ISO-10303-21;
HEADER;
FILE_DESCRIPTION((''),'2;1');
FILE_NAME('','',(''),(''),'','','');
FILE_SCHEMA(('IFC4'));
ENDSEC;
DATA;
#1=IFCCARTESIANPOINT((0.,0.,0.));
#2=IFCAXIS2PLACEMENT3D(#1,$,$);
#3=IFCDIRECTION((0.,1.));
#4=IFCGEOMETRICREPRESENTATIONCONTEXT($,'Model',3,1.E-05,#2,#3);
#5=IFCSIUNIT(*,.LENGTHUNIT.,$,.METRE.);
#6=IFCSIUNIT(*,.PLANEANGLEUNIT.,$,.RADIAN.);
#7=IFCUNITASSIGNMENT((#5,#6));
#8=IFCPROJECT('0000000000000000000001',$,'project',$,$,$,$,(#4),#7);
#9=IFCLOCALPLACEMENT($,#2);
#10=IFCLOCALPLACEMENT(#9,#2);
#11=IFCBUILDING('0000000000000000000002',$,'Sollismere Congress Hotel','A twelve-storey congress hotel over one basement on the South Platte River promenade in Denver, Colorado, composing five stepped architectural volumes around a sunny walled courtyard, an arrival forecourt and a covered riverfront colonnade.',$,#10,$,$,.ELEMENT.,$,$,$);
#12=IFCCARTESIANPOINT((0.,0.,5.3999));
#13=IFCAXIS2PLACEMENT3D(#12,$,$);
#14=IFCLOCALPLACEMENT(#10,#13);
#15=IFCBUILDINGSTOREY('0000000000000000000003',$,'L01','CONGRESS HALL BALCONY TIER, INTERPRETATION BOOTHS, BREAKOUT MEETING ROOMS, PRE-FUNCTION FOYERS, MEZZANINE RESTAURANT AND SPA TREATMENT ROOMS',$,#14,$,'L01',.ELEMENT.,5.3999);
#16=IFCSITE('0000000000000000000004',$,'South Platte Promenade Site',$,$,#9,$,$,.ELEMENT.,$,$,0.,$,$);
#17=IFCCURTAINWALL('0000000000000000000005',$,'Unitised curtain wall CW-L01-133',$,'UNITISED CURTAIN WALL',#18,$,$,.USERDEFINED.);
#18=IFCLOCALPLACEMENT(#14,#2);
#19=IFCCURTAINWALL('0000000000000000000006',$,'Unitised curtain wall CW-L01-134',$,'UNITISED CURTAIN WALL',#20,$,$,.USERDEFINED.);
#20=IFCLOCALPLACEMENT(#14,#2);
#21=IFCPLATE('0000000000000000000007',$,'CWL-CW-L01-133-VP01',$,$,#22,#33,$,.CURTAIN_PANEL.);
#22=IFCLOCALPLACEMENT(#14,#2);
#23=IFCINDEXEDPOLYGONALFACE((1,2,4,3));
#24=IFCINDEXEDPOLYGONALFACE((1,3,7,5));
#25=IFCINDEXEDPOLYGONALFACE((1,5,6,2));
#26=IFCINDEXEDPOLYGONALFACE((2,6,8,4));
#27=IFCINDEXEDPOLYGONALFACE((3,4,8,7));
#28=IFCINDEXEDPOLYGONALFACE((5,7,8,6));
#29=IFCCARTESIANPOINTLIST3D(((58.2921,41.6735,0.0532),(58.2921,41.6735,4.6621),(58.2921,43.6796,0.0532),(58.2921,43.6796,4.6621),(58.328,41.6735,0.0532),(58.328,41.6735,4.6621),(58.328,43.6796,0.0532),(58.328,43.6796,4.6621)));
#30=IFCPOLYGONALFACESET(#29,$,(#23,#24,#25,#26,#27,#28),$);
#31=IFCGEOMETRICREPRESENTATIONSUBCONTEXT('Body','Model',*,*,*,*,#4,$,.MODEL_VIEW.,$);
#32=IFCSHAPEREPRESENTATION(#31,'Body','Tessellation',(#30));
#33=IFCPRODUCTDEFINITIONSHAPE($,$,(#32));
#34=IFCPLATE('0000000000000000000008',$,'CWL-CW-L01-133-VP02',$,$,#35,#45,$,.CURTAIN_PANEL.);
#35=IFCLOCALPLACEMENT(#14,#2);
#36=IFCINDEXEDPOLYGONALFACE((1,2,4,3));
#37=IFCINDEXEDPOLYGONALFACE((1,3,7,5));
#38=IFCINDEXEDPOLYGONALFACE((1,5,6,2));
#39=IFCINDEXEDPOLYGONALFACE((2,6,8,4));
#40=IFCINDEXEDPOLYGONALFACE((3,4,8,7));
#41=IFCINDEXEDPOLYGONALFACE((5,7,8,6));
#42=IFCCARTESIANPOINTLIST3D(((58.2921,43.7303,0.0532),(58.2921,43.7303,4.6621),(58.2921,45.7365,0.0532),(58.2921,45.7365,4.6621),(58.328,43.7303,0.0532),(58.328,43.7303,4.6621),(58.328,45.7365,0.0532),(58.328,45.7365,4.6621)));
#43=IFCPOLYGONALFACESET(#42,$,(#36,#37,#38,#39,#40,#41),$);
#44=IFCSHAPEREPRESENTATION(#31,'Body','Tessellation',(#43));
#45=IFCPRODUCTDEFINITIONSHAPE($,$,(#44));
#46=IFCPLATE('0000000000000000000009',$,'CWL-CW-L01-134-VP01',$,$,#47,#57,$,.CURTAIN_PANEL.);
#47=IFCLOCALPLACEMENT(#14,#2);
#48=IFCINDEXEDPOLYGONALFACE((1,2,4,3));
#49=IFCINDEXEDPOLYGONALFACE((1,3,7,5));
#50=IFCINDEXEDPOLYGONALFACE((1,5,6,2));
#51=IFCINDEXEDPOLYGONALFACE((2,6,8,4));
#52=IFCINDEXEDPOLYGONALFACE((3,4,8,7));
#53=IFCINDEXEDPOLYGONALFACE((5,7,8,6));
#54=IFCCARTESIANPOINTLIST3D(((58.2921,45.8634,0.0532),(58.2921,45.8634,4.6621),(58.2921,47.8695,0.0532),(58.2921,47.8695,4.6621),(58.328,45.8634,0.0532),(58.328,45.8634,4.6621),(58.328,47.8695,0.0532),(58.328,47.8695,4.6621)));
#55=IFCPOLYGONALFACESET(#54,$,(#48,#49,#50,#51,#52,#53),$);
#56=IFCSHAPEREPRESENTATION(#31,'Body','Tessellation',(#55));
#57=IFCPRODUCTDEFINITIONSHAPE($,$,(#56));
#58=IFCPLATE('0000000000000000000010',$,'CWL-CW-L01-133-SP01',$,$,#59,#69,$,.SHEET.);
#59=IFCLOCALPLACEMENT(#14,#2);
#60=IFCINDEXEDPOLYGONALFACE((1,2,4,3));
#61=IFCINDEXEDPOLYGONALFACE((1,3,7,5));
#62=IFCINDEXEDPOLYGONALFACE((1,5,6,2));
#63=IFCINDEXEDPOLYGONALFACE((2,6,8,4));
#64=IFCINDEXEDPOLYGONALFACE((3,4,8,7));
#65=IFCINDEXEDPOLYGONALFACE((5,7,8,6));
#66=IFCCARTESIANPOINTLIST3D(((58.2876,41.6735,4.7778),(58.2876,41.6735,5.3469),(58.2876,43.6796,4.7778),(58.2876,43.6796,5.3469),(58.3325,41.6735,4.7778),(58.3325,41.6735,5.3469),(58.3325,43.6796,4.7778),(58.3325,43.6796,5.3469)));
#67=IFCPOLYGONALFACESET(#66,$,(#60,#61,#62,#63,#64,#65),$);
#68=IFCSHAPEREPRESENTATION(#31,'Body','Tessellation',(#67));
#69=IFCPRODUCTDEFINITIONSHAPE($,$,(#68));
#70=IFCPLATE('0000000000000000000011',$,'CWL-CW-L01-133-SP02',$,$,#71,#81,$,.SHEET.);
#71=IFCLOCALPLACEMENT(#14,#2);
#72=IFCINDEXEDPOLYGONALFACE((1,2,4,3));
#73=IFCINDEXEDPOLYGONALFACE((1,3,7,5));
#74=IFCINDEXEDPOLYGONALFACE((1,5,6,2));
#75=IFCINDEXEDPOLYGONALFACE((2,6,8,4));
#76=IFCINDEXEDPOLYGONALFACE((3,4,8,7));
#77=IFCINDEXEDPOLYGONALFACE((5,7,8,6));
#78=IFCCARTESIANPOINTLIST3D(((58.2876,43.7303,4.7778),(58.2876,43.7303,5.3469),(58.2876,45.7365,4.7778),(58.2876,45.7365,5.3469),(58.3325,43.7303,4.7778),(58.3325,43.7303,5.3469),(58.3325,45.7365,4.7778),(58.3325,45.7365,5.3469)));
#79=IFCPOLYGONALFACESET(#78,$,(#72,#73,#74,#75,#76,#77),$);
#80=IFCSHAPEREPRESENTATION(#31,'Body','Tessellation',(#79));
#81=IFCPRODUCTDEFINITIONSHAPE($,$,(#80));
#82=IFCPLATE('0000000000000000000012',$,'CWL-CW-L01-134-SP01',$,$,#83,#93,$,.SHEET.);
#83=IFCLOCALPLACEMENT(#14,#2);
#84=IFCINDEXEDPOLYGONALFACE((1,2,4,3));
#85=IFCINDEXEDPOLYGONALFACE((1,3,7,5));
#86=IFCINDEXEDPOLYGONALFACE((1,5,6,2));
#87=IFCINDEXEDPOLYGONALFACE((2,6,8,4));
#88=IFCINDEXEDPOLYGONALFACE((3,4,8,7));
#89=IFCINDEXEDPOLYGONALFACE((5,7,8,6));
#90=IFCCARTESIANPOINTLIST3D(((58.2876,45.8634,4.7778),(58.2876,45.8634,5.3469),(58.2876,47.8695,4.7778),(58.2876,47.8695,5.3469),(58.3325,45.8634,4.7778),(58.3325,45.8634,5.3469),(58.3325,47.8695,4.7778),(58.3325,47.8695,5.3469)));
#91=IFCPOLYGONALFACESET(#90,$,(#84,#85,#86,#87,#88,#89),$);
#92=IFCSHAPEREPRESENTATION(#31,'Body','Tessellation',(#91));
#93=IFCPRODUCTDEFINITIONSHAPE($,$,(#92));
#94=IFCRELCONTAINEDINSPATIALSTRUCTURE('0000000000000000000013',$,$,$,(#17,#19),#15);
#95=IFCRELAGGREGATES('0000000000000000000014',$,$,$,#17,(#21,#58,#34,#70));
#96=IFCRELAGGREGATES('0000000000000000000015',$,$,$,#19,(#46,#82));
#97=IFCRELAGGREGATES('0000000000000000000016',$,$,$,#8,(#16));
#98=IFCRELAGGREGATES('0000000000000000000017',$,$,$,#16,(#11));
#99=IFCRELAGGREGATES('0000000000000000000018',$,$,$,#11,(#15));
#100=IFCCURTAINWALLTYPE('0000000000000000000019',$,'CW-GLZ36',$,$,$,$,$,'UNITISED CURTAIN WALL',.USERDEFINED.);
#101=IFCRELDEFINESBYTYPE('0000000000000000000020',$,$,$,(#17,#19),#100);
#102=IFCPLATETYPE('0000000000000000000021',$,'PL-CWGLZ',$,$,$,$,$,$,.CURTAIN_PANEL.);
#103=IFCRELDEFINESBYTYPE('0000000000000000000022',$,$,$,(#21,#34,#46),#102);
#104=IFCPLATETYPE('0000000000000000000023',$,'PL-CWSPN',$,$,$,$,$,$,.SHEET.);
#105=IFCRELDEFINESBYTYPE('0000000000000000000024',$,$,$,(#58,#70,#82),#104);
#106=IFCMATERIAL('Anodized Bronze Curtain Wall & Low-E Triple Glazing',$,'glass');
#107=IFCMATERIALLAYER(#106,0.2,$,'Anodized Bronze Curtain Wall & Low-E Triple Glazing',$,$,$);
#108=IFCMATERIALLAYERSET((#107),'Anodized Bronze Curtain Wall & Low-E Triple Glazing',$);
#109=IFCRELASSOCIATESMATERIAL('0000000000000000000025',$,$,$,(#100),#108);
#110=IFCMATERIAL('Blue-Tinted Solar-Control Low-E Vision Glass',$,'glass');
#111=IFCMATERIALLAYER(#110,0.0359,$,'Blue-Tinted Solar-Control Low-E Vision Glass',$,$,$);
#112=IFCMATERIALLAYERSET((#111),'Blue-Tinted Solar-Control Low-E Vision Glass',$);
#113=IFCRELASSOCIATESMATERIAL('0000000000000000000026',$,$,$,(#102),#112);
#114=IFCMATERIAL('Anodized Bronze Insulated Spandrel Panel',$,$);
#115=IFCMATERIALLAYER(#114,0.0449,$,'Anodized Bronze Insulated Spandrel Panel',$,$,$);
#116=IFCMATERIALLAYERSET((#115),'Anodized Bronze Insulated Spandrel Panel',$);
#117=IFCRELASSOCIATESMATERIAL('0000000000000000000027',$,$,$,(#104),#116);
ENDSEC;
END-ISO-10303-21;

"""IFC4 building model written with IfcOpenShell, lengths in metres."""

from ifc_helpers import new_model, si_unit, direction, frame, origin, origin_2d, place, context, subcontext, project, spatial, rectangle, extrude, material, layer, layer_set, type_object, element, aggregate, save


model = new_model("IFC4")

# Units and contexts
model_context = context("Model", 3, precision=1e-05, world=origin(), true_north=direction((0.0, 1.0)))
body_context = subcontext(model_context, "Body", "Model", "MODEL_VIEW")
ifc_project = project(units=[si_unit("LENGTHUNIT", "METRE"), si_unit("PLANEANGLEUNIT", "RADIAN")], contexts=[model_context])

# Site, building, storey
site_placement = place(None, origin())
site = spatial("IfcSite", under=ifc_project, at=site_placement, Name="South Platte Promenade Site", CompositionType="ELEMENT", RefElevation=0.0)
building_placement = place(site_placement, origin())
building = spatial("IfcBuilding", under=site, at=building_placement, Name="Sollismere Congress Hotel", Description="A twelve-storey congress hotel over one basement on the South Platte River promenade in Denver, Colorado, composing five stepped architectural volumes around a sunny walled courtyard, an arrival forecourt and a covered riverfront colonnade.", CompositionType="ELEMENT")
storey_placement = place(building_placement, frame((0.0, 0.0, 5.3999)))
storey = spatial("IfcBuildingStorey", under=building, at=storey_placement, Name="L01", Description="CONGRESS HALL BALCONY TIER, INTERPRETATION BOOTHS, BREAKOUT MEETING ROOMS, PRE-FUNCTION FOYERS, MEZZANINE RESTAURANT AND SPA TREATMENT ROOMS", LongName="L01", CompositionType="ELEMENT", Elevation=5.3999)

# Curtain walls
ifc_material_1 = material(Name="Anodized Bronze Curtain Wall & Low-E Triple Glazing", Category="glass")
ifc_layer_1 = layer(ifc_material_1, 0.2, Name="Anodized Bronze Curtain Wall & Low-E Triple Glazing")
ifc_layer_set_1 = layer_set([ifc_layer_1], Name="Anodized Bronze Curtain Wall & Low-E Triple Glazing")
curtain_wall_type = type_object("IfcCurtainWallType", Name="CW-GLZ36", ElementType="UNITISED CURTAIN WALL", PredefinedType="USERDEFINED", material=ifc_layer_set_1)
curtain_wall_1_placement = place(storey_placement, origin())
curtain_wall_1 = element("IfcCurtainWall", 1, at=curtain_wall_1_placement, inside=storey, type_object=curtain_wall_type, Name="Unitised curtain wall CW-L01-133", ObjectType="UNITISED CURTAIN WALL", PredefinedType="USERDEFINED")
curtain_wall_2_placement = place(storey_placement, origin())
curtain_wall_2 = element("IfcCurtainWall", 2, at=curtain_wall_2_placement, inside=storey, type_object=curtain_wall_type, Name="Unitised curtain wall CW-L01-134", ObjectType="UNITISED CURTAIN WALL", PredefinedType="USERDEFINED")

# Plates
ifc_material_2 = material(Name="Blue-Tinted Solar-Control Low-E Vision Glass", Category="glass")
ifc_layer_2 = layer(ifc_material_2, 0.0359, Name="Blue-Tinted Solar-Control Low-E Vision Glass")
ifc_layer_set_2 = layer_set([ifc_layer_2], Name="Blue-Tinted Solar-Control Low-E Vision Glass")
plate_type_1 = type_object("IfcPlateType", Name="PL-CWGLZ", PredefinedType="CURTAIN_PANEL", material=ifc_layer_set_2)
plate_1_placement = place(storey_placement, frame((58.3101, 42.6765, 0.0532), z_axis=(0.0, 0.0, 1.0), x_axis=(0.0, 1.0, 0.0)))
plate_1 = element("IfcPlate", 3, at=plate_1_placement, type_object=plate_type_1, Name="CWL-CW-L01-133-VP01", PredefinedType="CURTAIN_PANEL", context=body_context, shape_type="SweptSolid", body=[
    extrude(rectangle(XDim=2.0061, YDim=0.0359, at=origin_2d()), origin(), (0.0, 0.0, 1.0), 4.6089),
])
plate_2_placement = place(storey_placement, frame((58.3101, 44.7334, 0.0532), z_axis=(0.0, 0.0, 1.0), x_axis=(0.0, 1.0, 0.0)))
plate_2 = element("IfcPlate", 4, at=plate_2_placement, type_object=plate_type_1, Name="CWL-CW-L01-133-VP02", PredefinedType="CURTAIN_PANEL", context=body_context, shape_type="SweptSolid", body=[
    extrude(rectangle(XDim=2.0061, YDim=0.0359, at=origin_2d()), origin(), (0.0, 0.0, 1.0), 4.6089),
])
plate_3_placement = place(storey_placement, frame((58.3101, 46.8665, 0.0532), z_axis=(0.0, 0.0, 1.0), x_axis=(0.0, 1.0, 0.0)))
plate_3 = element("IfcPlate", 5, at=plate_3_placement, type_object=plate_type_1, Name="CWL-CW-L01-134-VP01", PredefinedType="CURTAIN_PANEL", context=body_context, shape_type="SweptSolid", body=[
    extrude(rectangle(XDim=2.0061, YDim=0.0359, at=origin_2d()), origin(), (0.0, 0.0, 1.0), 4.6089),
])
ifc_material_3 = material(Name="Anodized Bronze Insulated Spandrel Panel")
ifc_layer_3 = layer(ifc_material_3, 0.0449, Name="Anodized Bronze Insulated Spandrel Panel")
ifc_layer_set_3 = layer_set([ifc_layer_3], Name="Anodized Bronze Insulated Spandrel Panel")
plate_type_2 = type_object("IfcPlateType", Name="PL-CWSPN", PredefinedType="SHEET", material=ifc_layer_set_3)
plate_4_placement = place(storey_placement, frame((58.3101, 42.6765, 4.7778), z_axis=(0.0, 0.0, 1.0), x_axis=(0.0, 1.0, 0.0)))
plate_4 = element("IfcPlate", 6, at=plate_4_placement, type_object=plate_type_2, Name="CWL-CW-L01-133-SP01", PredefinedType="SHEET", context=body_context, shape_type="SweptSolid", body=[
    extrude(rectangle(XDim=2.0061, YDim=0.0449, at=origin_2d()), origin(), (0.0, 0.0, 1.0), 0.5691),
])
plate_5_placement = place(storey_placement, frame((58.3101, 44.7334, 4.7778), z_axis=(0.0, 0.0, 1.0), x_axis=(0.0, 1.0, 0.0)))
plate_5 = element("IfcPlate", 7, at=plate_5_placement, type_object=plate_type_2, Name="CWL-CW-L01-133-SP02", PredefinedType="SHEET", context=body_context, shape_type="SweptSolid", body=[
    extrude(rectangle(XDim=2.0061, YDim=0.0449, at=origin_2d()), origin(), (0.0, 0.0, 1.0), 0.5691),
])
aggregate(curtain_wall_1, [plate_1, plate_4, plate_2, plate_5])
plate_6_placement = place(storey_placement, frame((58.3101, 46.8665, 4.7778), z_axis=(0.0, 0.0, 1.0), x_axis=(0.0, 1.0, 0.0)))
plate_6 = element("IfcPlate", 8, at=plate_6_placement, type_object=plate_type_2, Name="CWL-CW-L01-134-SP01", PredefinedType="SHEET", context=body_context, shape_type="SweptSolid", body=[
    extrude(rectangle(XDim=2.0061, YDim=0.0449, at=origin_2d()), origin(), (0.0, 0.0, 1.0), 0.5691),
])
aggregate(curtain_wall_2, [plate_3, plate_6])

save(model, "model.ifc")
